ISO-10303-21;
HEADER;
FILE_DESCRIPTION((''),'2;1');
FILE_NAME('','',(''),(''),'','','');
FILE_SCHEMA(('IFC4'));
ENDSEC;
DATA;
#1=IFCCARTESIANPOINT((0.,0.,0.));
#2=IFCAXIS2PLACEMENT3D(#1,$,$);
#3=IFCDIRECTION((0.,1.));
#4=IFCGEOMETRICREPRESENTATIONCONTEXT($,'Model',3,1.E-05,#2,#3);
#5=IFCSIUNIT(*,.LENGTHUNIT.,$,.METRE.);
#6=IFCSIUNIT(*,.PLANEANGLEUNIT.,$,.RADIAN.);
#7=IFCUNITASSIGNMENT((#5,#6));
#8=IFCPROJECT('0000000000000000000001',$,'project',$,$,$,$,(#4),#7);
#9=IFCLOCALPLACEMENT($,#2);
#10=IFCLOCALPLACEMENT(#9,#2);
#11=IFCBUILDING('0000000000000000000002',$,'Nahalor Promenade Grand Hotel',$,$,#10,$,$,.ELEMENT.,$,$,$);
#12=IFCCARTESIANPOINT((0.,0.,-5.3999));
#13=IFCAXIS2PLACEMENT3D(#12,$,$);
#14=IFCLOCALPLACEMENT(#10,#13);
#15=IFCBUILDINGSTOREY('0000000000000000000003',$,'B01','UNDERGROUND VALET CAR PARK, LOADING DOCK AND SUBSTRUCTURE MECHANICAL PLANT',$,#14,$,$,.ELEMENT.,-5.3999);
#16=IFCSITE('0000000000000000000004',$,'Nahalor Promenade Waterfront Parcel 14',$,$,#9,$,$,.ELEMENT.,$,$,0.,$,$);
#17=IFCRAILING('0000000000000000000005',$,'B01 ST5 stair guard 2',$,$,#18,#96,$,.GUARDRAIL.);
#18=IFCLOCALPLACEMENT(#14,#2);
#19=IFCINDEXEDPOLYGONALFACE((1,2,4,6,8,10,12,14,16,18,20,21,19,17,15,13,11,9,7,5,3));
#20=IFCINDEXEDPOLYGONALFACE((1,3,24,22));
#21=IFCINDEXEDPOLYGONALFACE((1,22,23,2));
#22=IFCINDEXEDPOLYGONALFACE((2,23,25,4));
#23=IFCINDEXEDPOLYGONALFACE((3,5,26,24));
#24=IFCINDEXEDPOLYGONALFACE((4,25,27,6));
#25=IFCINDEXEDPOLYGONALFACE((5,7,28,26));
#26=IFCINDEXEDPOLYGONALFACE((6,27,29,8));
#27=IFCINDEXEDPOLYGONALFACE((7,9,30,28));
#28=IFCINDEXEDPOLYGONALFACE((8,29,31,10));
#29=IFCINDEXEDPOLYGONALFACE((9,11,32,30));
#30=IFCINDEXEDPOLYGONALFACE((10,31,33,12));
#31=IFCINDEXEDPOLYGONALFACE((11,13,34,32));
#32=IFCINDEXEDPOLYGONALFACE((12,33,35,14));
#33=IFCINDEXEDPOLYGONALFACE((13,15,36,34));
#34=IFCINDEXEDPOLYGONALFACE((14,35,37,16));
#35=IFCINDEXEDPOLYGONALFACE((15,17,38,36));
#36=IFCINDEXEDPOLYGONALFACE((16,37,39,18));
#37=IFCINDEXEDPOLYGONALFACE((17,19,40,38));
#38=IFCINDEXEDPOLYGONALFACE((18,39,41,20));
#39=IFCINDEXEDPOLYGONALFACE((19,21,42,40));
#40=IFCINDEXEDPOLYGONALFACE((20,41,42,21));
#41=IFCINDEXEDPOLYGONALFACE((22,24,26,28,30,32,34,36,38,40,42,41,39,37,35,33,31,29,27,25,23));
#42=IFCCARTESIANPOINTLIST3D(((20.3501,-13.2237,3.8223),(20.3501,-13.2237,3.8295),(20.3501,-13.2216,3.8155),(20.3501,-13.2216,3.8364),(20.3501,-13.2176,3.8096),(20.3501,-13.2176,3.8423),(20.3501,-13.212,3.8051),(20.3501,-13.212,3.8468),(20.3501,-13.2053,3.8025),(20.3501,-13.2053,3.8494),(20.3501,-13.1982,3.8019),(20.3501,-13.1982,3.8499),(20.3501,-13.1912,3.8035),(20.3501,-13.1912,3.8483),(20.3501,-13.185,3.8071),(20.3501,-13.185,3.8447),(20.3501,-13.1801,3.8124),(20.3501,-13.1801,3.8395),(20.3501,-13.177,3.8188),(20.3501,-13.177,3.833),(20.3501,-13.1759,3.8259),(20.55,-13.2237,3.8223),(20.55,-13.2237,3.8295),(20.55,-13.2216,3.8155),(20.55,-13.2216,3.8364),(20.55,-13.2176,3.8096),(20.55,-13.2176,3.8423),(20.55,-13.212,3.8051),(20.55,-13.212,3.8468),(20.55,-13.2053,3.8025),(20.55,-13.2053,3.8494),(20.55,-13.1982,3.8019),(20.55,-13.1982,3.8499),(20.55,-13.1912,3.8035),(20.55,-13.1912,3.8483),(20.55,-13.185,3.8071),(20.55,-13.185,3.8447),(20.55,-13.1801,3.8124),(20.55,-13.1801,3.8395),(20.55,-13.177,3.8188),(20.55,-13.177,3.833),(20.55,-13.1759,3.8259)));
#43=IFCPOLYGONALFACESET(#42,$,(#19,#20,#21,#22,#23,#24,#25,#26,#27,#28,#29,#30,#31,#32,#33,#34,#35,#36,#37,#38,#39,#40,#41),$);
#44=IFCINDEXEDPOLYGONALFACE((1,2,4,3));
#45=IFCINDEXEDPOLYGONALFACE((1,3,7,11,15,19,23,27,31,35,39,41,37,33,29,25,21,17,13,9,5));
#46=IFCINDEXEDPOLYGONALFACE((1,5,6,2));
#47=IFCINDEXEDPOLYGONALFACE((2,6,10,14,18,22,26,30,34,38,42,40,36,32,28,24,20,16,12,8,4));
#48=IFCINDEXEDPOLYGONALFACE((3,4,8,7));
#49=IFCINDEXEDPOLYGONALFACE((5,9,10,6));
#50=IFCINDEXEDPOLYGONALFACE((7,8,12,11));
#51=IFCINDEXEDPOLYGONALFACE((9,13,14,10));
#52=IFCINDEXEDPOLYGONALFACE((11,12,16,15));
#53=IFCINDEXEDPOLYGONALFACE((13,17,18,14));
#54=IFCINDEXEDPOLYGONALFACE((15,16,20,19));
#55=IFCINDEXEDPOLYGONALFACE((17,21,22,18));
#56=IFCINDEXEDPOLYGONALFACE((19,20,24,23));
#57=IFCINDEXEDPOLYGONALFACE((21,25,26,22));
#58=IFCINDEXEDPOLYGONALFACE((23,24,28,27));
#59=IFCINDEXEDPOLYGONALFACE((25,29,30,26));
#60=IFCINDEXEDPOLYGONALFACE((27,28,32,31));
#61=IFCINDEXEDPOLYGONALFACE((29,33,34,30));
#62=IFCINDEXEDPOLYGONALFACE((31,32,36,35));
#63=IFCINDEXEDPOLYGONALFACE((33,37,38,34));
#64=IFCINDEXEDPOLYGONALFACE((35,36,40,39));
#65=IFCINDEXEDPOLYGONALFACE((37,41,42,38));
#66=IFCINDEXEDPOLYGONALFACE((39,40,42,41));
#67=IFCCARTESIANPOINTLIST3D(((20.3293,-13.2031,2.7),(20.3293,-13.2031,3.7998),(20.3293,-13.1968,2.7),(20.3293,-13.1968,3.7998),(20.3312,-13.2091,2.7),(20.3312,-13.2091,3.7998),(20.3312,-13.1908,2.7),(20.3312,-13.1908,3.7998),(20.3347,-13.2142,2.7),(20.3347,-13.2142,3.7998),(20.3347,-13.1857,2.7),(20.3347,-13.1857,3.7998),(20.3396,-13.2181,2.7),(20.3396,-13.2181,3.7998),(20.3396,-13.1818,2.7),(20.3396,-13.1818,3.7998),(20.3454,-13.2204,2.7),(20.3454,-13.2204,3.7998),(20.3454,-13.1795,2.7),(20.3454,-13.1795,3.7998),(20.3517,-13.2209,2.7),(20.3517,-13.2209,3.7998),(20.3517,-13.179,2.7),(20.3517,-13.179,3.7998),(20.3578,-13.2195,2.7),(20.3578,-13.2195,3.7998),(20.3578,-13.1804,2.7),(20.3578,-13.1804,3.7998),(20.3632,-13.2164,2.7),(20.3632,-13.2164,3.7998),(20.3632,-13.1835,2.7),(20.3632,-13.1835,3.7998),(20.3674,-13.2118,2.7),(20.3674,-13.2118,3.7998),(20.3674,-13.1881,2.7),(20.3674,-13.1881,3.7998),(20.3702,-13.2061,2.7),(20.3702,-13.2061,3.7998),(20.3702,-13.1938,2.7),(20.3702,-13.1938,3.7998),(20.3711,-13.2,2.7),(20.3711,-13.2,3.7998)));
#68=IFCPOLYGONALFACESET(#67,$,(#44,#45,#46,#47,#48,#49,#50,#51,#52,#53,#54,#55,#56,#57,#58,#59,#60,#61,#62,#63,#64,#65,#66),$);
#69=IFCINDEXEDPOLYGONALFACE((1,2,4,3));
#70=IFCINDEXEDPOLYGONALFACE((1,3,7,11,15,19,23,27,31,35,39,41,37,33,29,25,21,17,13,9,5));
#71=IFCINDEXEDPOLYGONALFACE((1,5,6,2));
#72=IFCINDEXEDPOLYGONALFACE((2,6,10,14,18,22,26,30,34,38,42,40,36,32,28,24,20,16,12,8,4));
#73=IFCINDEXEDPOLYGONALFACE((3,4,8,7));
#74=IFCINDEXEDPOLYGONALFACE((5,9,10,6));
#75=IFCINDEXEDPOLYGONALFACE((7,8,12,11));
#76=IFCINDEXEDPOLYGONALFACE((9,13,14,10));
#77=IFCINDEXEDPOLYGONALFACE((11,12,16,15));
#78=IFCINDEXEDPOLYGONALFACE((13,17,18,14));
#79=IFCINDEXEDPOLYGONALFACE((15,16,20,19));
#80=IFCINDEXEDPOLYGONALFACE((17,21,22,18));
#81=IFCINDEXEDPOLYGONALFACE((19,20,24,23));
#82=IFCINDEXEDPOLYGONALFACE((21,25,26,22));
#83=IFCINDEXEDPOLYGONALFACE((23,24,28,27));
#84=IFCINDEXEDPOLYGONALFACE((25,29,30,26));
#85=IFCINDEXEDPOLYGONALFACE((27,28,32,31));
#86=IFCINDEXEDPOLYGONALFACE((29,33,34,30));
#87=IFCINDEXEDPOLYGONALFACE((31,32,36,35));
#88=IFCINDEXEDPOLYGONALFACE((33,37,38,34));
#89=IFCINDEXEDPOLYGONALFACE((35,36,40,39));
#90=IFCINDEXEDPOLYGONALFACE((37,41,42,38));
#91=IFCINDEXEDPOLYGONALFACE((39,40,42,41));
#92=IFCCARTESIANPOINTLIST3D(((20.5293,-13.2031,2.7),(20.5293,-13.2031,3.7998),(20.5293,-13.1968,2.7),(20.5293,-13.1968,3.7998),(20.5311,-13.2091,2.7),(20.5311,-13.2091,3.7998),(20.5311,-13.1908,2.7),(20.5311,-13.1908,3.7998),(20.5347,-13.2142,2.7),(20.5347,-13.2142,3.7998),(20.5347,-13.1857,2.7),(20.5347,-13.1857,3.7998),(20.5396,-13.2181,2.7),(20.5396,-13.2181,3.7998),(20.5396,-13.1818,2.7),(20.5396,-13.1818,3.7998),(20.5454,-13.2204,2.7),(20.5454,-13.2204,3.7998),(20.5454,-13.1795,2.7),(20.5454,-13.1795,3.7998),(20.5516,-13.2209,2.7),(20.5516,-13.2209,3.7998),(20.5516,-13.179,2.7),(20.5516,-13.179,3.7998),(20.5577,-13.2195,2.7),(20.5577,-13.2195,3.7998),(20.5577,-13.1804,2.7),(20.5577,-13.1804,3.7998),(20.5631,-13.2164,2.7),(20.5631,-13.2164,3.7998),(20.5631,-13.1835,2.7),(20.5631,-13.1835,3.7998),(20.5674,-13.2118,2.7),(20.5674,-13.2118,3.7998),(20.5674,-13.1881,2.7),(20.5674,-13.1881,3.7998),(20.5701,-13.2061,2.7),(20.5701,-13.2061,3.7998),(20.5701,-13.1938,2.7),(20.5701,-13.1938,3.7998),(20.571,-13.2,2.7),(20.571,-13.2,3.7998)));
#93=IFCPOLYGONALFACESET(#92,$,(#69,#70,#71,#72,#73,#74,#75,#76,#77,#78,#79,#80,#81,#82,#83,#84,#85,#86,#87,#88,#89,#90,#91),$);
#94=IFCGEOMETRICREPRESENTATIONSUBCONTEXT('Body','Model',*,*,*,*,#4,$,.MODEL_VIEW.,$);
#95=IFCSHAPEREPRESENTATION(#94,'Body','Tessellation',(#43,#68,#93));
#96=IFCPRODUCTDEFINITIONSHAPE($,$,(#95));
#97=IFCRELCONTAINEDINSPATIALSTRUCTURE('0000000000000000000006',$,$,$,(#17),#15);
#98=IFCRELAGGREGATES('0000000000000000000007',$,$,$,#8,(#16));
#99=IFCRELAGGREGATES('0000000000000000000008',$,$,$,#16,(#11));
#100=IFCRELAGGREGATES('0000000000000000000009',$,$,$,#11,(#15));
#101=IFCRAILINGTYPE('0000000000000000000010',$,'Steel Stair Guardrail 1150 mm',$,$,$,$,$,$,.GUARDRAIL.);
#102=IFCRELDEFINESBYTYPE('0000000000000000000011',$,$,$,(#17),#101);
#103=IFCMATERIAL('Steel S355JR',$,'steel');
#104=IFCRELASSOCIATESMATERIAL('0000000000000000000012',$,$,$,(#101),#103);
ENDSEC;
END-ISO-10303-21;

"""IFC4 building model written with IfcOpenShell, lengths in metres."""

from ifc_helpers import new_model, si_unit, direction, frame, origin, origin_2d, place, context, subcontext, project, spatial, circle, extrude, material, type_object, element, save


model = new_model("IFC4")

# Units and contexts
model_context = context("Model", 3, precision=1e-05, world=origin(), true_north=direction((0.0, 1.0)))
body_context = subcontext(model_context, "Body", "Model", "MODEL_VIEW")
ifc_project = project(units=[si_unit("LENGTHUNIT", "METRE"), si_unit("PLANEANGLEUNIT", "RADIAN")], contexts=[model_context])

# Site, building, storey
site_placement = place(None, origin())
site = spatial("IfcSite", under=ifc_project, at=site_placement, Name="Nahalor Promenade Waterfront Parcel 14", CompositionType="ELEMENT", RefElevation=0.0)
building_placement = place(site_placement, origin())
building = spatial("IfcBuilding", under=site, at=building_placement, Name="Nahalor Promenade Grand Hotel", CompositionType="ELEMENT")
storey_placement = place(building_placement, frame((0.0, 0.0, -5.3999)))
storey = spatial("IfcBuildingStorey", under=building, at=storey_placement, Name="B01", Description="UNDERGROUND VALET CAR PARK, LOADING DOCK AND SUBSTRUCTURE MECHANICAL PLANT", CompositionType="ELEMENT", Elevation=-5.3999)

# Shared definitions
ifc_material_1 = material(Name="Steel S355JR", Category="steel")

# Railing
railing_type_1 = type_object("IfcRailingType", Name="Steel Stair Guardrail 1150 mm", PredefinedType="GUARDRAIL", material=ifc_material_1)
railing_1_placement = place(storey_placement, frame((20.3501, -13.2, 2.7)))
element("IfcRailing", 1, at=railing_1_placement, inside=storey, type_object=railing_type_1, Name="B01 ST5 stair guard 2", PredefinedType="GUARDRAIL", context=body_context, shape_type="SweptSolid", body=[
    extrude(circle(Radius=0.024, at=origin_2d()), frame((0.0, 0.0, 1.126), z_axis=(1.0, 0.0, 0.0), x_axis=(0.0, 1.0, 0.0)), (0.0, 0.0, 1.0), 0.2),
    extrude(circle(Radius=0.021, at=origin_2d()), origin(), (0.0, 0.0, 1.0), 1.0999),
    extrude(circle(Radius=0.021, at=origin_2d()), frame((0.2, 0.0, 0.0)), (0.0, 0.0, 1.0), 1.0999),
])

save(model, "model.ifc")
